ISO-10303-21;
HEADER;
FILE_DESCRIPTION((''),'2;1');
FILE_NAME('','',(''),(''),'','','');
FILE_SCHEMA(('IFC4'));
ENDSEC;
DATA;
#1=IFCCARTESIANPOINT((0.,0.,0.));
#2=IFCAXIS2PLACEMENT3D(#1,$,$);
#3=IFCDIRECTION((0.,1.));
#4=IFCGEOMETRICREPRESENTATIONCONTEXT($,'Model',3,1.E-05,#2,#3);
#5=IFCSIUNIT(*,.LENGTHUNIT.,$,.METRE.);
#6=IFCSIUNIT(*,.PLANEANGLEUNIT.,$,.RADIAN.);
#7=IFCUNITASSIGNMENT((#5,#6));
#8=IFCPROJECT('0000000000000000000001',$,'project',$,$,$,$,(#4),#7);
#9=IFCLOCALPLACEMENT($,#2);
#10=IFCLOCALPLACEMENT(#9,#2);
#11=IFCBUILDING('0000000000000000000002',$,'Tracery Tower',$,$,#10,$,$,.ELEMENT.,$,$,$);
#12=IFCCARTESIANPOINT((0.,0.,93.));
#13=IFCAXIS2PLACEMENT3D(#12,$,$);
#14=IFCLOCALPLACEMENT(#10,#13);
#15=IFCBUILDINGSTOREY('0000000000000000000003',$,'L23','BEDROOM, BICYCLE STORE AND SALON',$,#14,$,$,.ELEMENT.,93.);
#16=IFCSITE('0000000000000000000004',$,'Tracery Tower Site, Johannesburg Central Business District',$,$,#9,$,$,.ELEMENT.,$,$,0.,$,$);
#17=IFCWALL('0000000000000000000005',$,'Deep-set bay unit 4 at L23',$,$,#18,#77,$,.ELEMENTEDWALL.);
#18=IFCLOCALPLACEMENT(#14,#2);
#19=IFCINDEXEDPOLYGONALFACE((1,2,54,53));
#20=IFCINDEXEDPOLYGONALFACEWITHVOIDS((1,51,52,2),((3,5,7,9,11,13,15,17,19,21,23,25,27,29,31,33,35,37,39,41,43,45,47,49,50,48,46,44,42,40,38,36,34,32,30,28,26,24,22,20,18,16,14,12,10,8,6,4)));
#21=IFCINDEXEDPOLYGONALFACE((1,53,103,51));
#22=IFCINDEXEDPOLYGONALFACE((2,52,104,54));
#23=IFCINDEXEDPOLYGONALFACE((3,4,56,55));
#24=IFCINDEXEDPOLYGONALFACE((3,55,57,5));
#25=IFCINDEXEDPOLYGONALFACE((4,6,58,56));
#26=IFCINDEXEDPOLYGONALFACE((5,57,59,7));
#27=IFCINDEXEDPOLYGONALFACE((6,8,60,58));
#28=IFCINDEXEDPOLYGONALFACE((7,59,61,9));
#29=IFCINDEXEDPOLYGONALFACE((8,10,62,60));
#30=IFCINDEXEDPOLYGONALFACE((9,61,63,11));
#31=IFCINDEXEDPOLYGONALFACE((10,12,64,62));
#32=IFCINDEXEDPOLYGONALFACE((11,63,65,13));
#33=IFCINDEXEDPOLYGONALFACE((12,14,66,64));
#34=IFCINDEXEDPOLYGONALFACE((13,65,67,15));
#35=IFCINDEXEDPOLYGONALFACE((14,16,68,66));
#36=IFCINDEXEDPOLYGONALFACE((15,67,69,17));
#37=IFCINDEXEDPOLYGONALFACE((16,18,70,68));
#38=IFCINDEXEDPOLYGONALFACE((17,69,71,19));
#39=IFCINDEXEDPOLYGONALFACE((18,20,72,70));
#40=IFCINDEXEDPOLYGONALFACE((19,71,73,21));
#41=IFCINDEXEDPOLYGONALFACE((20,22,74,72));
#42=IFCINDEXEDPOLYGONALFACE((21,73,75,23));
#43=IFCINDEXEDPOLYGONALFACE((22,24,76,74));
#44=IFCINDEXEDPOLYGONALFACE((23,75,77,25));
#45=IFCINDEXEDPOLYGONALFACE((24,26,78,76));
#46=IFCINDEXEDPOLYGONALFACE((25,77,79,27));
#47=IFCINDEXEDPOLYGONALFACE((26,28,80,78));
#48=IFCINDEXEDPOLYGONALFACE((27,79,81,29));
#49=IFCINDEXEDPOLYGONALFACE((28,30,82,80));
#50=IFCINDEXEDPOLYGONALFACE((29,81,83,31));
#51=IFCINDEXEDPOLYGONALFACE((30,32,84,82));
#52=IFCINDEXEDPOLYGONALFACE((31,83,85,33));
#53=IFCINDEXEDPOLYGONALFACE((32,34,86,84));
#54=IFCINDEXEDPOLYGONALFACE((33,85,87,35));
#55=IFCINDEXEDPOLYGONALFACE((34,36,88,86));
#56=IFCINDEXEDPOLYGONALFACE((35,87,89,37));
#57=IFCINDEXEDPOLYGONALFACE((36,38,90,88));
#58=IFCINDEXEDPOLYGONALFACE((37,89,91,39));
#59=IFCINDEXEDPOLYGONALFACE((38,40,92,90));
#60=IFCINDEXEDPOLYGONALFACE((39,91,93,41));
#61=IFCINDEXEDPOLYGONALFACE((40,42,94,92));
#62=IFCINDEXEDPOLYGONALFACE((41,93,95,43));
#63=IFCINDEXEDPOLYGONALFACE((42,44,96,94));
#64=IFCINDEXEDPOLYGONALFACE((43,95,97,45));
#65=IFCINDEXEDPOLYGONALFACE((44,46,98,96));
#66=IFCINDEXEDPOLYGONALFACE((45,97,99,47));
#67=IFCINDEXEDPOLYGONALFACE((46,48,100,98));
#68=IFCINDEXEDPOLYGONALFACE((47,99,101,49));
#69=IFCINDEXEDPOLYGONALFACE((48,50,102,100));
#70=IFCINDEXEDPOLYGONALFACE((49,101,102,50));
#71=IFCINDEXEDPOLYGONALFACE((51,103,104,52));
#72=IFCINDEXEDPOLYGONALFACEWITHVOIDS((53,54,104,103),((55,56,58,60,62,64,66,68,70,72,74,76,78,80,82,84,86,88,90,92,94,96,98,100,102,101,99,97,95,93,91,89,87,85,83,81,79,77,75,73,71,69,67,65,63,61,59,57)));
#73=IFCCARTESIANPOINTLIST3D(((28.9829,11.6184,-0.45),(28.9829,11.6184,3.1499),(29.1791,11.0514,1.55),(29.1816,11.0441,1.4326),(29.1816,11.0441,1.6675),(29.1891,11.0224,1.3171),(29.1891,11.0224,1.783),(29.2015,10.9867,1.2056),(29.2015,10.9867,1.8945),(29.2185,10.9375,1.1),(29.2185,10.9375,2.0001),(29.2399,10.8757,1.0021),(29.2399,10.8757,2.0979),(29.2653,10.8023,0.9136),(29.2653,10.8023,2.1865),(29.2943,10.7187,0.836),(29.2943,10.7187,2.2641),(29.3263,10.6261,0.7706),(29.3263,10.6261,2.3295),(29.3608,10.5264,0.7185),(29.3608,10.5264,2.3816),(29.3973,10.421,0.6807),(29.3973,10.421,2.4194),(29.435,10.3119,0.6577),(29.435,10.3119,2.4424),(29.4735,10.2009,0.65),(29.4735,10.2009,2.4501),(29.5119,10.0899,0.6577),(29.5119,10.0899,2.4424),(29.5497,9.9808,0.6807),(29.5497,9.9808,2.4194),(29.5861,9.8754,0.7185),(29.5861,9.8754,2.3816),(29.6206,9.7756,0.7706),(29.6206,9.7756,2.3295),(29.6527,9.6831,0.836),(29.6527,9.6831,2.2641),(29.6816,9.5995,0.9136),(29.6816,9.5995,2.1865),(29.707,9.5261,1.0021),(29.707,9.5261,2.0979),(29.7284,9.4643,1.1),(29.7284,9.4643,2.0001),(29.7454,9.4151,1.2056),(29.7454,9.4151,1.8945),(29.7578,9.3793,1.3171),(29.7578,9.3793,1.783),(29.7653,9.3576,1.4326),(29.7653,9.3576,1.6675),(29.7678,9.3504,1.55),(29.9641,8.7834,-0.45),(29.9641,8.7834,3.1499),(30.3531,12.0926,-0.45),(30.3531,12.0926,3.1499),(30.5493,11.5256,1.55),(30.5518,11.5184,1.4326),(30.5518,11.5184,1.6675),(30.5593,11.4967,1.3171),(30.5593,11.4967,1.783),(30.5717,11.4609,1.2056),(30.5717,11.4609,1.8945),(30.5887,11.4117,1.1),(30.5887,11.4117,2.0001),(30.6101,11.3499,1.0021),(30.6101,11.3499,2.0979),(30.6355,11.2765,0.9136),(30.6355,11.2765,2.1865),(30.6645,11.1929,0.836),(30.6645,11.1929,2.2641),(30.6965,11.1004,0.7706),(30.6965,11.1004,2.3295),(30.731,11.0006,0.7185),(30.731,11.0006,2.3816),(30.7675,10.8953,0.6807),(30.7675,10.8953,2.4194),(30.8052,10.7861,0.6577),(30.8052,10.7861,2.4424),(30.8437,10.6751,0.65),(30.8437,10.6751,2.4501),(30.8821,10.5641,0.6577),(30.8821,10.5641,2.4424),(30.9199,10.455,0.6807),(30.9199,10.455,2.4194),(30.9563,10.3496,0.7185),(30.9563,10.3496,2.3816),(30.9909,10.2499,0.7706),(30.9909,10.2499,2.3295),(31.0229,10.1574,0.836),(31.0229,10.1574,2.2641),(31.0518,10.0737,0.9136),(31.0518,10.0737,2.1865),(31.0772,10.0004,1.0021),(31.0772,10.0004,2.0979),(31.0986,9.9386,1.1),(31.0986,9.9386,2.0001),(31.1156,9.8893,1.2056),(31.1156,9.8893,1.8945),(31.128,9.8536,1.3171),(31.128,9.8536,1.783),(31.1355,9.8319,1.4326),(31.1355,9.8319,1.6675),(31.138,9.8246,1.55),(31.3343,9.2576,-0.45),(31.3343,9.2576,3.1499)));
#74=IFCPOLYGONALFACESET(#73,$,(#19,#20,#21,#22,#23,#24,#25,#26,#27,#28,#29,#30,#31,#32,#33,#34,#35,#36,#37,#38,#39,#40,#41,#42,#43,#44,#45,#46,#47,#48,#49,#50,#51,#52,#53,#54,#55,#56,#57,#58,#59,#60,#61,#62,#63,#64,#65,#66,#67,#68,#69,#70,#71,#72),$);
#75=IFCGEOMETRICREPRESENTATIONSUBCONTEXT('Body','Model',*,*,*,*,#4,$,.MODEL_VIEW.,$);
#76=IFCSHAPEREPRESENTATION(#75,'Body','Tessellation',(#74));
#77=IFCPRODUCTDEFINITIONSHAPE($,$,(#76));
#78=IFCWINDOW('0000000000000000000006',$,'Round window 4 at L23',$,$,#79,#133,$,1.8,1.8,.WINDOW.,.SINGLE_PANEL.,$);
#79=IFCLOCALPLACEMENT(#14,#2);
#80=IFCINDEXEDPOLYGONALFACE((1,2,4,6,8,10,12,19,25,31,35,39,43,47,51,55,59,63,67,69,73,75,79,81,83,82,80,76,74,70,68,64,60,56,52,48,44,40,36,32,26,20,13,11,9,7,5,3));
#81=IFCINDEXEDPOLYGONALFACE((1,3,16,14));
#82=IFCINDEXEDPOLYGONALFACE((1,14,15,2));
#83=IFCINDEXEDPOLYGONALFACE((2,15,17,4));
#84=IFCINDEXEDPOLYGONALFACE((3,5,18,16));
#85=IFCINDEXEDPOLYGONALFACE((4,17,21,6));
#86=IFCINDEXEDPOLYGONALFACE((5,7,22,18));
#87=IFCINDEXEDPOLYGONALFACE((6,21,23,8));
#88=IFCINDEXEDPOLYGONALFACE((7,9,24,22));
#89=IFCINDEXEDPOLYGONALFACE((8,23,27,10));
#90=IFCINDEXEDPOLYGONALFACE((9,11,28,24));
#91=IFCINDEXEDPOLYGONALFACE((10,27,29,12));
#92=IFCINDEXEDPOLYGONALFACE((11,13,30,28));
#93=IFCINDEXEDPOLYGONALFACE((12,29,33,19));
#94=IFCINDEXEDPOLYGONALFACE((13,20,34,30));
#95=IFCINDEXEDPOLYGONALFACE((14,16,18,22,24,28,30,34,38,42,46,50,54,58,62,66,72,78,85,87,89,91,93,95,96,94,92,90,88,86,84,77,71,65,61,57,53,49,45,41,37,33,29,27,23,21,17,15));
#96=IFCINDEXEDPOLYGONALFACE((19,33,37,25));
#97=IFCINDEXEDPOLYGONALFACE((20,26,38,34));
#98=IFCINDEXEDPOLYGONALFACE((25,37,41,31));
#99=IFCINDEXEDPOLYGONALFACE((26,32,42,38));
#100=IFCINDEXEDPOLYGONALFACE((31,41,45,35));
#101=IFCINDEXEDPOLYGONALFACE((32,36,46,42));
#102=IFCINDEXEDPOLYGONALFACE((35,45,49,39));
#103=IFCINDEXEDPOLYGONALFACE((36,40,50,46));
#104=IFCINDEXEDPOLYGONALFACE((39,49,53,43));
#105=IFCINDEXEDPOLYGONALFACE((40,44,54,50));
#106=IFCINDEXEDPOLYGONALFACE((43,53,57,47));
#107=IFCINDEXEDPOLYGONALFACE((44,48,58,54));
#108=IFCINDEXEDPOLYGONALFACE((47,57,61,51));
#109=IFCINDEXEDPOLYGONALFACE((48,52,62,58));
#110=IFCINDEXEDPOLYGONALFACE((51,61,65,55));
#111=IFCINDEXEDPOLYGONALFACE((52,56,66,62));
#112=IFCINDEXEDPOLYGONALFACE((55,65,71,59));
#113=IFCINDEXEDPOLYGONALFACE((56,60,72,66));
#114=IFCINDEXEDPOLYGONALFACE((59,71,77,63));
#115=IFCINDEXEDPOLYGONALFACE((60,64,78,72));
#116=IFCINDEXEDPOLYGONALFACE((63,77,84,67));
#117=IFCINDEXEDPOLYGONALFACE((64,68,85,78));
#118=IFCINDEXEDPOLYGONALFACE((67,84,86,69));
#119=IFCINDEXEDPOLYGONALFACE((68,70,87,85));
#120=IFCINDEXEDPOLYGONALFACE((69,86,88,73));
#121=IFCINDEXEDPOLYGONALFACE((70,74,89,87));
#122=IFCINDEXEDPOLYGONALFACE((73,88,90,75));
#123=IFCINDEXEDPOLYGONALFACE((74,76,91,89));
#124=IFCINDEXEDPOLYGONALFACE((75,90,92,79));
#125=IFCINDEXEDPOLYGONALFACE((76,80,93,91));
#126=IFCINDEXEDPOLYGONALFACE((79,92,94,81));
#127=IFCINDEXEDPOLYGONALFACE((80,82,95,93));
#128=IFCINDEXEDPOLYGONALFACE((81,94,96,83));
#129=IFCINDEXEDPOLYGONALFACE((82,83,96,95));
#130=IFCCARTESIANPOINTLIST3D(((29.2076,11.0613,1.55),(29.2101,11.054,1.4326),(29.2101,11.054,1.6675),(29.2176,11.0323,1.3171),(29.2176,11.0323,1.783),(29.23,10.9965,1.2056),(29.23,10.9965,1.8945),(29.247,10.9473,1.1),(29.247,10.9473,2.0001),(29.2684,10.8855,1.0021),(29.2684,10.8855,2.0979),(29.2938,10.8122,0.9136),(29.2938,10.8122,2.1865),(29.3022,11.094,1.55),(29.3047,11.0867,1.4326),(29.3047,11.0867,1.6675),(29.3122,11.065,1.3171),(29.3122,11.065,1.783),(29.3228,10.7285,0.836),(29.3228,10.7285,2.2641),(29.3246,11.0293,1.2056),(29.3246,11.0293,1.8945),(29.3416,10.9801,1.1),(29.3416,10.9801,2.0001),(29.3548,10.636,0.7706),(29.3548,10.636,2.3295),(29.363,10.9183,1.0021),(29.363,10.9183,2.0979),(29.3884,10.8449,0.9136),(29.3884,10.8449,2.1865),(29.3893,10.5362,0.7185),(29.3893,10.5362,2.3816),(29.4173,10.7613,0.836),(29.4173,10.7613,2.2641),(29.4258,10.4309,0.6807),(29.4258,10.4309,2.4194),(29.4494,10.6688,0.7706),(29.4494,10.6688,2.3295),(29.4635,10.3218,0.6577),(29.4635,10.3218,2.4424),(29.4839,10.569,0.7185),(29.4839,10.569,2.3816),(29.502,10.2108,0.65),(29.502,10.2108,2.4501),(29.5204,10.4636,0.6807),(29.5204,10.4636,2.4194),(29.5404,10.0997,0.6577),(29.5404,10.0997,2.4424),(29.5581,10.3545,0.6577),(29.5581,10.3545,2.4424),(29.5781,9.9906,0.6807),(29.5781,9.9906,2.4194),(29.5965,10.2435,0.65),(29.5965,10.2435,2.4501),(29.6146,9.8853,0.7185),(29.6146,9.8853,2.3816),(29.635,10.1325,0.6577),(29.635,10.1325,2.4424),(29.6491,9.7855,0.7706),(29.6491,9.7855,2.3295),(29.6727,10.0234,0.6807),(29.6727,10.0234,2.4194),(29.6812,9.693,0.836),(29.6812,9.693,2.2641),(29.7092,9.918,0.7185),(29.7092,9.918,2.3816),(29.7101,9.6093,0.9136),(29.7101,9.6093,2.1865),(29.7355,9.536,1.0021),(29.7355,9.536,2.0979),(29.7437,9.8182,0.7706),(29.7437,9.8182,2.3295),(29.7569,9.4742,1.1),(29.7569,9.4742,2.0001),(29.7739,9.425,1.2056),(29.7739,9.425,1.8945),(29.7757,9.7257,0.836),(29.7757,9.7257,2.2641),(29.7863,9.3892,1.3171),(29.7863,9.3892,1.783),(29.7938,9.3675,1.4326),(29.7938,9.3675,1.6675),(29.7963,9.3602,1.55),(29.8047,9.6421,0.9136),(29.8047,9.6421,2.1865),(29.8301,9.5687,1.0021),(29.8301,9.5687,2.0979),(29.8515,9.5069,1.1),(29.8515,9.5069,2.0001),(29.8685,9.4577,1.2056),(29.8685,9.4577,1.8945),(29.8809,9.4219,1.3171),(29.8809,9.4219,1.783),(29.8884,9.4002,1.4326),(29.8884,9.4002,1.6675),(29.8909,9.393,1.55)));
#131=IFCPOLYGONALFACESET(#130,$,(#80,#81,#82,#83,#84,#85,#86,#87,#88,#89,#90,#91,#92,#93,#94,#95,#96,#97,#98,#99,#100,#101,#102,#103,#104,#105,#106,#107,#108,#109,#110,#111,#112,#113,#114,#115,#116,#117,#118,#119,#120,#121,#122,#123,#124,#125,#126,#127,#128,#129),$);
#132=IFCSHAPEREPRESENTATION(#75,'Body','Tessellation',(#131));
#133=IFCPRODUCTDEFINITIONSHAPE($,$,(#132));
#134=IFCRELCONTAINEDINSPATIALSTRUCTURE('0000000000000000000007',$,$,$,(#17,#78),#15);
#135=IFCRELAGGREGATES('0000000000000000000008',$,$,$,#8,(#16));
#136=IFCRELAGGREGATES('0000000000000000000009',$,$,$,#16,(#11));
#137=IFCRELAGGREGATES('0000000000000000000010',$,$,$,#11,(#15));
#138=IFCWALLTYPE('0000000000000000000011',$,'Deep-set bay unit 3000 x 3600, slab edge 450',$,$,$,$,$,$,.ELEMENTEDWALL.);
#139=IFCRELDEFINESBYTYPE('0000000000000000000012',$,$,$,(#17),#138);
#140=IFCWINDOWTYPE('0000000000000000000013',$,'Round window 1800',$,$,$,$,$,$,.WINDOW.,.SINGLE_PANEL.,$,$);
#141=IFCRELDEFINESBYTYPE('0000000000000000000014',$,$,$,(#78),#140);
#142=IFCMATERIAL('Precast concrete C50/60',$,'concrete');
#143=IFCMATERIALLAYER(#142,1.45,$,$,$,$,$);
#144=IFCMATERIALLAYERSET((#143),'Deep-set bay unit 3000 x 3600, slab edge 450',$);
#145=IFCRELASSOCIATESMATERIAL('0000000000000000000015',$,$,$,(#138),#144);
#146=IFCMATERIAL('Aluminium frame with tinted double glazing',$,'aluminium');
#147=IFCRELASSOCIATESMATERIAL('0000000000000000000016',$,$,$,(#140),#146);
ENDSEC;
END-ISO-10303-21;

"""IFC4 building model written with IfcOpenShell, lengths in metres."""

from ifc_helpers import new_model, si_unit, direction, frame, frame_2d, origin, origin_2d, place, context, subcontext, project, spatial, rectangle, circle, extrude, material, layer, layer_set, type_object, element, fill, save


model = new_model("IFC4")

# Units and contexts
model_context = context("Model", 3, precision=1e-05, world=origin(), true_north=direction((0.0, 1.0)))
body_context = subcontext(model_context, "Body", "Model", "MODEL_VIEW")
ifc_project = project(units=[si_unit("LENGTHUNIT", "METRE"), si_unit("PLANEANGLEUNIT", "RADIAN")], contexts=[model_context])

# Site, building, storey
site_placement = place(None, origin())
site = spatial("IfcSite", under=ifc_project, at=site_placement, Name="Tracery Tower Site, Johannesburg Central Business District", CompositionType="ELEMENT", RefElevation=0.0)
building_placement = place(site_placement, origin())
building = spatial("IfcBuilding", under=site, at=building_placement, Name="Tracery Tower", CompositionType="ELEMENT")
storey_placement = place(building_placement, frame((0.0, 0.0, 93.0)))
storey = spatial("IfcBuildingStorey", under=building, at=storey_placement, Name="L23", Description="BEDROOM, BICYCLE STORE AND SALON", CompositionType="ELEMENT", Elevation=93.0)

# Wall, opening, window
ifc_material_1 = material(Name="Precast concrete C50/60", Category="concrete")
ifc_layer_1 = layer(ifc_material_1, 1.45)
ifc_layer_set_1 = layer_set([ifc_layer_1], Name="Deep-set bay unit 3000 x 3600, slab edge 450")
wall_type_1 = type_object("IfcWallType", Name="Deep-set bay unit 3000 x 3600, slab edge 450", PredefinedType="ELEMENTEDWALL", material=ifc_layer_set_1)
ifc_material_2 = material(Name="Aluminium frame with tinted double glazing", Category="aluminium")
window_type = type_object("IfcWindowType", Name="Round window 1800", PartitioningType="SINGLE_PANEL", PredefinedType="WINDOW", material=ifc_material_2)
wall_1_placement = place(storey_placement, frame((30.6492, 9.0205, -0.45), z_axis=(0.0, 0.0, 1.0), x_axis=(-0.327071, 0.945, 0.0)))
wall_1 = element("IfcWall", 1, at=wall_1_placement, inside=storey, type_object=wall_type_1, Name="Deep-set bay unit 4 at L23", PredefinedType="ELEMENTEDWALL", context=body_context, shape_type="SweptSolid", body=[
    extrude(rectangle(XDim=3.0, YDim=1.45, at=frame_2d((1.5, 0.0))), origin(), (0.0, 0.0, 1.0), 3.5999),
])
opening_1_placement = place(wall_1_placement, frame((1.5, 0.0, 2.0)))
opening_1 = element("IfcOpeningElement", 2, at=opening_1_placement, cuts=wall_1, PredefinedType="OPENING", context=body_context, shape_type="SweptSolid", body=[
    extrude(circle(Radius=0.9, at=origin_2d()), frame((0.0, 0.7349, 0.0), z_axis=(0.0, -1.0, 0.0), x_axis=(1.0, 0.0, 0.0)), (0.0, 0.0, 1.0), 1.47),
])
window_1_placement = place(opening_1_placement, origin())
window_1 = element("IfcWindow", 3, at=window_1_placement, inside=storey, type_object=window_type, Name="Round window 4 at L23", OverallHeight=1.8, OverallWidth=1.8, PartitioningType="SINGLE_PANEL", PredefinedType="WINDOW", context=body_context, shape_type="SweptSolid", body=[
    extrude(circle(Radius=0.9, at=origin_2d()), frame((0.0, 0.6948, 0.0), z_axis=(0.0, -1.0, 0.0), x_axis=(1.0, 0.0, 0.0)), (0.0, 0.0, 1.0), 0.1001),
])
fill(opening_1, window_1)

save(model, "model.ifc")
